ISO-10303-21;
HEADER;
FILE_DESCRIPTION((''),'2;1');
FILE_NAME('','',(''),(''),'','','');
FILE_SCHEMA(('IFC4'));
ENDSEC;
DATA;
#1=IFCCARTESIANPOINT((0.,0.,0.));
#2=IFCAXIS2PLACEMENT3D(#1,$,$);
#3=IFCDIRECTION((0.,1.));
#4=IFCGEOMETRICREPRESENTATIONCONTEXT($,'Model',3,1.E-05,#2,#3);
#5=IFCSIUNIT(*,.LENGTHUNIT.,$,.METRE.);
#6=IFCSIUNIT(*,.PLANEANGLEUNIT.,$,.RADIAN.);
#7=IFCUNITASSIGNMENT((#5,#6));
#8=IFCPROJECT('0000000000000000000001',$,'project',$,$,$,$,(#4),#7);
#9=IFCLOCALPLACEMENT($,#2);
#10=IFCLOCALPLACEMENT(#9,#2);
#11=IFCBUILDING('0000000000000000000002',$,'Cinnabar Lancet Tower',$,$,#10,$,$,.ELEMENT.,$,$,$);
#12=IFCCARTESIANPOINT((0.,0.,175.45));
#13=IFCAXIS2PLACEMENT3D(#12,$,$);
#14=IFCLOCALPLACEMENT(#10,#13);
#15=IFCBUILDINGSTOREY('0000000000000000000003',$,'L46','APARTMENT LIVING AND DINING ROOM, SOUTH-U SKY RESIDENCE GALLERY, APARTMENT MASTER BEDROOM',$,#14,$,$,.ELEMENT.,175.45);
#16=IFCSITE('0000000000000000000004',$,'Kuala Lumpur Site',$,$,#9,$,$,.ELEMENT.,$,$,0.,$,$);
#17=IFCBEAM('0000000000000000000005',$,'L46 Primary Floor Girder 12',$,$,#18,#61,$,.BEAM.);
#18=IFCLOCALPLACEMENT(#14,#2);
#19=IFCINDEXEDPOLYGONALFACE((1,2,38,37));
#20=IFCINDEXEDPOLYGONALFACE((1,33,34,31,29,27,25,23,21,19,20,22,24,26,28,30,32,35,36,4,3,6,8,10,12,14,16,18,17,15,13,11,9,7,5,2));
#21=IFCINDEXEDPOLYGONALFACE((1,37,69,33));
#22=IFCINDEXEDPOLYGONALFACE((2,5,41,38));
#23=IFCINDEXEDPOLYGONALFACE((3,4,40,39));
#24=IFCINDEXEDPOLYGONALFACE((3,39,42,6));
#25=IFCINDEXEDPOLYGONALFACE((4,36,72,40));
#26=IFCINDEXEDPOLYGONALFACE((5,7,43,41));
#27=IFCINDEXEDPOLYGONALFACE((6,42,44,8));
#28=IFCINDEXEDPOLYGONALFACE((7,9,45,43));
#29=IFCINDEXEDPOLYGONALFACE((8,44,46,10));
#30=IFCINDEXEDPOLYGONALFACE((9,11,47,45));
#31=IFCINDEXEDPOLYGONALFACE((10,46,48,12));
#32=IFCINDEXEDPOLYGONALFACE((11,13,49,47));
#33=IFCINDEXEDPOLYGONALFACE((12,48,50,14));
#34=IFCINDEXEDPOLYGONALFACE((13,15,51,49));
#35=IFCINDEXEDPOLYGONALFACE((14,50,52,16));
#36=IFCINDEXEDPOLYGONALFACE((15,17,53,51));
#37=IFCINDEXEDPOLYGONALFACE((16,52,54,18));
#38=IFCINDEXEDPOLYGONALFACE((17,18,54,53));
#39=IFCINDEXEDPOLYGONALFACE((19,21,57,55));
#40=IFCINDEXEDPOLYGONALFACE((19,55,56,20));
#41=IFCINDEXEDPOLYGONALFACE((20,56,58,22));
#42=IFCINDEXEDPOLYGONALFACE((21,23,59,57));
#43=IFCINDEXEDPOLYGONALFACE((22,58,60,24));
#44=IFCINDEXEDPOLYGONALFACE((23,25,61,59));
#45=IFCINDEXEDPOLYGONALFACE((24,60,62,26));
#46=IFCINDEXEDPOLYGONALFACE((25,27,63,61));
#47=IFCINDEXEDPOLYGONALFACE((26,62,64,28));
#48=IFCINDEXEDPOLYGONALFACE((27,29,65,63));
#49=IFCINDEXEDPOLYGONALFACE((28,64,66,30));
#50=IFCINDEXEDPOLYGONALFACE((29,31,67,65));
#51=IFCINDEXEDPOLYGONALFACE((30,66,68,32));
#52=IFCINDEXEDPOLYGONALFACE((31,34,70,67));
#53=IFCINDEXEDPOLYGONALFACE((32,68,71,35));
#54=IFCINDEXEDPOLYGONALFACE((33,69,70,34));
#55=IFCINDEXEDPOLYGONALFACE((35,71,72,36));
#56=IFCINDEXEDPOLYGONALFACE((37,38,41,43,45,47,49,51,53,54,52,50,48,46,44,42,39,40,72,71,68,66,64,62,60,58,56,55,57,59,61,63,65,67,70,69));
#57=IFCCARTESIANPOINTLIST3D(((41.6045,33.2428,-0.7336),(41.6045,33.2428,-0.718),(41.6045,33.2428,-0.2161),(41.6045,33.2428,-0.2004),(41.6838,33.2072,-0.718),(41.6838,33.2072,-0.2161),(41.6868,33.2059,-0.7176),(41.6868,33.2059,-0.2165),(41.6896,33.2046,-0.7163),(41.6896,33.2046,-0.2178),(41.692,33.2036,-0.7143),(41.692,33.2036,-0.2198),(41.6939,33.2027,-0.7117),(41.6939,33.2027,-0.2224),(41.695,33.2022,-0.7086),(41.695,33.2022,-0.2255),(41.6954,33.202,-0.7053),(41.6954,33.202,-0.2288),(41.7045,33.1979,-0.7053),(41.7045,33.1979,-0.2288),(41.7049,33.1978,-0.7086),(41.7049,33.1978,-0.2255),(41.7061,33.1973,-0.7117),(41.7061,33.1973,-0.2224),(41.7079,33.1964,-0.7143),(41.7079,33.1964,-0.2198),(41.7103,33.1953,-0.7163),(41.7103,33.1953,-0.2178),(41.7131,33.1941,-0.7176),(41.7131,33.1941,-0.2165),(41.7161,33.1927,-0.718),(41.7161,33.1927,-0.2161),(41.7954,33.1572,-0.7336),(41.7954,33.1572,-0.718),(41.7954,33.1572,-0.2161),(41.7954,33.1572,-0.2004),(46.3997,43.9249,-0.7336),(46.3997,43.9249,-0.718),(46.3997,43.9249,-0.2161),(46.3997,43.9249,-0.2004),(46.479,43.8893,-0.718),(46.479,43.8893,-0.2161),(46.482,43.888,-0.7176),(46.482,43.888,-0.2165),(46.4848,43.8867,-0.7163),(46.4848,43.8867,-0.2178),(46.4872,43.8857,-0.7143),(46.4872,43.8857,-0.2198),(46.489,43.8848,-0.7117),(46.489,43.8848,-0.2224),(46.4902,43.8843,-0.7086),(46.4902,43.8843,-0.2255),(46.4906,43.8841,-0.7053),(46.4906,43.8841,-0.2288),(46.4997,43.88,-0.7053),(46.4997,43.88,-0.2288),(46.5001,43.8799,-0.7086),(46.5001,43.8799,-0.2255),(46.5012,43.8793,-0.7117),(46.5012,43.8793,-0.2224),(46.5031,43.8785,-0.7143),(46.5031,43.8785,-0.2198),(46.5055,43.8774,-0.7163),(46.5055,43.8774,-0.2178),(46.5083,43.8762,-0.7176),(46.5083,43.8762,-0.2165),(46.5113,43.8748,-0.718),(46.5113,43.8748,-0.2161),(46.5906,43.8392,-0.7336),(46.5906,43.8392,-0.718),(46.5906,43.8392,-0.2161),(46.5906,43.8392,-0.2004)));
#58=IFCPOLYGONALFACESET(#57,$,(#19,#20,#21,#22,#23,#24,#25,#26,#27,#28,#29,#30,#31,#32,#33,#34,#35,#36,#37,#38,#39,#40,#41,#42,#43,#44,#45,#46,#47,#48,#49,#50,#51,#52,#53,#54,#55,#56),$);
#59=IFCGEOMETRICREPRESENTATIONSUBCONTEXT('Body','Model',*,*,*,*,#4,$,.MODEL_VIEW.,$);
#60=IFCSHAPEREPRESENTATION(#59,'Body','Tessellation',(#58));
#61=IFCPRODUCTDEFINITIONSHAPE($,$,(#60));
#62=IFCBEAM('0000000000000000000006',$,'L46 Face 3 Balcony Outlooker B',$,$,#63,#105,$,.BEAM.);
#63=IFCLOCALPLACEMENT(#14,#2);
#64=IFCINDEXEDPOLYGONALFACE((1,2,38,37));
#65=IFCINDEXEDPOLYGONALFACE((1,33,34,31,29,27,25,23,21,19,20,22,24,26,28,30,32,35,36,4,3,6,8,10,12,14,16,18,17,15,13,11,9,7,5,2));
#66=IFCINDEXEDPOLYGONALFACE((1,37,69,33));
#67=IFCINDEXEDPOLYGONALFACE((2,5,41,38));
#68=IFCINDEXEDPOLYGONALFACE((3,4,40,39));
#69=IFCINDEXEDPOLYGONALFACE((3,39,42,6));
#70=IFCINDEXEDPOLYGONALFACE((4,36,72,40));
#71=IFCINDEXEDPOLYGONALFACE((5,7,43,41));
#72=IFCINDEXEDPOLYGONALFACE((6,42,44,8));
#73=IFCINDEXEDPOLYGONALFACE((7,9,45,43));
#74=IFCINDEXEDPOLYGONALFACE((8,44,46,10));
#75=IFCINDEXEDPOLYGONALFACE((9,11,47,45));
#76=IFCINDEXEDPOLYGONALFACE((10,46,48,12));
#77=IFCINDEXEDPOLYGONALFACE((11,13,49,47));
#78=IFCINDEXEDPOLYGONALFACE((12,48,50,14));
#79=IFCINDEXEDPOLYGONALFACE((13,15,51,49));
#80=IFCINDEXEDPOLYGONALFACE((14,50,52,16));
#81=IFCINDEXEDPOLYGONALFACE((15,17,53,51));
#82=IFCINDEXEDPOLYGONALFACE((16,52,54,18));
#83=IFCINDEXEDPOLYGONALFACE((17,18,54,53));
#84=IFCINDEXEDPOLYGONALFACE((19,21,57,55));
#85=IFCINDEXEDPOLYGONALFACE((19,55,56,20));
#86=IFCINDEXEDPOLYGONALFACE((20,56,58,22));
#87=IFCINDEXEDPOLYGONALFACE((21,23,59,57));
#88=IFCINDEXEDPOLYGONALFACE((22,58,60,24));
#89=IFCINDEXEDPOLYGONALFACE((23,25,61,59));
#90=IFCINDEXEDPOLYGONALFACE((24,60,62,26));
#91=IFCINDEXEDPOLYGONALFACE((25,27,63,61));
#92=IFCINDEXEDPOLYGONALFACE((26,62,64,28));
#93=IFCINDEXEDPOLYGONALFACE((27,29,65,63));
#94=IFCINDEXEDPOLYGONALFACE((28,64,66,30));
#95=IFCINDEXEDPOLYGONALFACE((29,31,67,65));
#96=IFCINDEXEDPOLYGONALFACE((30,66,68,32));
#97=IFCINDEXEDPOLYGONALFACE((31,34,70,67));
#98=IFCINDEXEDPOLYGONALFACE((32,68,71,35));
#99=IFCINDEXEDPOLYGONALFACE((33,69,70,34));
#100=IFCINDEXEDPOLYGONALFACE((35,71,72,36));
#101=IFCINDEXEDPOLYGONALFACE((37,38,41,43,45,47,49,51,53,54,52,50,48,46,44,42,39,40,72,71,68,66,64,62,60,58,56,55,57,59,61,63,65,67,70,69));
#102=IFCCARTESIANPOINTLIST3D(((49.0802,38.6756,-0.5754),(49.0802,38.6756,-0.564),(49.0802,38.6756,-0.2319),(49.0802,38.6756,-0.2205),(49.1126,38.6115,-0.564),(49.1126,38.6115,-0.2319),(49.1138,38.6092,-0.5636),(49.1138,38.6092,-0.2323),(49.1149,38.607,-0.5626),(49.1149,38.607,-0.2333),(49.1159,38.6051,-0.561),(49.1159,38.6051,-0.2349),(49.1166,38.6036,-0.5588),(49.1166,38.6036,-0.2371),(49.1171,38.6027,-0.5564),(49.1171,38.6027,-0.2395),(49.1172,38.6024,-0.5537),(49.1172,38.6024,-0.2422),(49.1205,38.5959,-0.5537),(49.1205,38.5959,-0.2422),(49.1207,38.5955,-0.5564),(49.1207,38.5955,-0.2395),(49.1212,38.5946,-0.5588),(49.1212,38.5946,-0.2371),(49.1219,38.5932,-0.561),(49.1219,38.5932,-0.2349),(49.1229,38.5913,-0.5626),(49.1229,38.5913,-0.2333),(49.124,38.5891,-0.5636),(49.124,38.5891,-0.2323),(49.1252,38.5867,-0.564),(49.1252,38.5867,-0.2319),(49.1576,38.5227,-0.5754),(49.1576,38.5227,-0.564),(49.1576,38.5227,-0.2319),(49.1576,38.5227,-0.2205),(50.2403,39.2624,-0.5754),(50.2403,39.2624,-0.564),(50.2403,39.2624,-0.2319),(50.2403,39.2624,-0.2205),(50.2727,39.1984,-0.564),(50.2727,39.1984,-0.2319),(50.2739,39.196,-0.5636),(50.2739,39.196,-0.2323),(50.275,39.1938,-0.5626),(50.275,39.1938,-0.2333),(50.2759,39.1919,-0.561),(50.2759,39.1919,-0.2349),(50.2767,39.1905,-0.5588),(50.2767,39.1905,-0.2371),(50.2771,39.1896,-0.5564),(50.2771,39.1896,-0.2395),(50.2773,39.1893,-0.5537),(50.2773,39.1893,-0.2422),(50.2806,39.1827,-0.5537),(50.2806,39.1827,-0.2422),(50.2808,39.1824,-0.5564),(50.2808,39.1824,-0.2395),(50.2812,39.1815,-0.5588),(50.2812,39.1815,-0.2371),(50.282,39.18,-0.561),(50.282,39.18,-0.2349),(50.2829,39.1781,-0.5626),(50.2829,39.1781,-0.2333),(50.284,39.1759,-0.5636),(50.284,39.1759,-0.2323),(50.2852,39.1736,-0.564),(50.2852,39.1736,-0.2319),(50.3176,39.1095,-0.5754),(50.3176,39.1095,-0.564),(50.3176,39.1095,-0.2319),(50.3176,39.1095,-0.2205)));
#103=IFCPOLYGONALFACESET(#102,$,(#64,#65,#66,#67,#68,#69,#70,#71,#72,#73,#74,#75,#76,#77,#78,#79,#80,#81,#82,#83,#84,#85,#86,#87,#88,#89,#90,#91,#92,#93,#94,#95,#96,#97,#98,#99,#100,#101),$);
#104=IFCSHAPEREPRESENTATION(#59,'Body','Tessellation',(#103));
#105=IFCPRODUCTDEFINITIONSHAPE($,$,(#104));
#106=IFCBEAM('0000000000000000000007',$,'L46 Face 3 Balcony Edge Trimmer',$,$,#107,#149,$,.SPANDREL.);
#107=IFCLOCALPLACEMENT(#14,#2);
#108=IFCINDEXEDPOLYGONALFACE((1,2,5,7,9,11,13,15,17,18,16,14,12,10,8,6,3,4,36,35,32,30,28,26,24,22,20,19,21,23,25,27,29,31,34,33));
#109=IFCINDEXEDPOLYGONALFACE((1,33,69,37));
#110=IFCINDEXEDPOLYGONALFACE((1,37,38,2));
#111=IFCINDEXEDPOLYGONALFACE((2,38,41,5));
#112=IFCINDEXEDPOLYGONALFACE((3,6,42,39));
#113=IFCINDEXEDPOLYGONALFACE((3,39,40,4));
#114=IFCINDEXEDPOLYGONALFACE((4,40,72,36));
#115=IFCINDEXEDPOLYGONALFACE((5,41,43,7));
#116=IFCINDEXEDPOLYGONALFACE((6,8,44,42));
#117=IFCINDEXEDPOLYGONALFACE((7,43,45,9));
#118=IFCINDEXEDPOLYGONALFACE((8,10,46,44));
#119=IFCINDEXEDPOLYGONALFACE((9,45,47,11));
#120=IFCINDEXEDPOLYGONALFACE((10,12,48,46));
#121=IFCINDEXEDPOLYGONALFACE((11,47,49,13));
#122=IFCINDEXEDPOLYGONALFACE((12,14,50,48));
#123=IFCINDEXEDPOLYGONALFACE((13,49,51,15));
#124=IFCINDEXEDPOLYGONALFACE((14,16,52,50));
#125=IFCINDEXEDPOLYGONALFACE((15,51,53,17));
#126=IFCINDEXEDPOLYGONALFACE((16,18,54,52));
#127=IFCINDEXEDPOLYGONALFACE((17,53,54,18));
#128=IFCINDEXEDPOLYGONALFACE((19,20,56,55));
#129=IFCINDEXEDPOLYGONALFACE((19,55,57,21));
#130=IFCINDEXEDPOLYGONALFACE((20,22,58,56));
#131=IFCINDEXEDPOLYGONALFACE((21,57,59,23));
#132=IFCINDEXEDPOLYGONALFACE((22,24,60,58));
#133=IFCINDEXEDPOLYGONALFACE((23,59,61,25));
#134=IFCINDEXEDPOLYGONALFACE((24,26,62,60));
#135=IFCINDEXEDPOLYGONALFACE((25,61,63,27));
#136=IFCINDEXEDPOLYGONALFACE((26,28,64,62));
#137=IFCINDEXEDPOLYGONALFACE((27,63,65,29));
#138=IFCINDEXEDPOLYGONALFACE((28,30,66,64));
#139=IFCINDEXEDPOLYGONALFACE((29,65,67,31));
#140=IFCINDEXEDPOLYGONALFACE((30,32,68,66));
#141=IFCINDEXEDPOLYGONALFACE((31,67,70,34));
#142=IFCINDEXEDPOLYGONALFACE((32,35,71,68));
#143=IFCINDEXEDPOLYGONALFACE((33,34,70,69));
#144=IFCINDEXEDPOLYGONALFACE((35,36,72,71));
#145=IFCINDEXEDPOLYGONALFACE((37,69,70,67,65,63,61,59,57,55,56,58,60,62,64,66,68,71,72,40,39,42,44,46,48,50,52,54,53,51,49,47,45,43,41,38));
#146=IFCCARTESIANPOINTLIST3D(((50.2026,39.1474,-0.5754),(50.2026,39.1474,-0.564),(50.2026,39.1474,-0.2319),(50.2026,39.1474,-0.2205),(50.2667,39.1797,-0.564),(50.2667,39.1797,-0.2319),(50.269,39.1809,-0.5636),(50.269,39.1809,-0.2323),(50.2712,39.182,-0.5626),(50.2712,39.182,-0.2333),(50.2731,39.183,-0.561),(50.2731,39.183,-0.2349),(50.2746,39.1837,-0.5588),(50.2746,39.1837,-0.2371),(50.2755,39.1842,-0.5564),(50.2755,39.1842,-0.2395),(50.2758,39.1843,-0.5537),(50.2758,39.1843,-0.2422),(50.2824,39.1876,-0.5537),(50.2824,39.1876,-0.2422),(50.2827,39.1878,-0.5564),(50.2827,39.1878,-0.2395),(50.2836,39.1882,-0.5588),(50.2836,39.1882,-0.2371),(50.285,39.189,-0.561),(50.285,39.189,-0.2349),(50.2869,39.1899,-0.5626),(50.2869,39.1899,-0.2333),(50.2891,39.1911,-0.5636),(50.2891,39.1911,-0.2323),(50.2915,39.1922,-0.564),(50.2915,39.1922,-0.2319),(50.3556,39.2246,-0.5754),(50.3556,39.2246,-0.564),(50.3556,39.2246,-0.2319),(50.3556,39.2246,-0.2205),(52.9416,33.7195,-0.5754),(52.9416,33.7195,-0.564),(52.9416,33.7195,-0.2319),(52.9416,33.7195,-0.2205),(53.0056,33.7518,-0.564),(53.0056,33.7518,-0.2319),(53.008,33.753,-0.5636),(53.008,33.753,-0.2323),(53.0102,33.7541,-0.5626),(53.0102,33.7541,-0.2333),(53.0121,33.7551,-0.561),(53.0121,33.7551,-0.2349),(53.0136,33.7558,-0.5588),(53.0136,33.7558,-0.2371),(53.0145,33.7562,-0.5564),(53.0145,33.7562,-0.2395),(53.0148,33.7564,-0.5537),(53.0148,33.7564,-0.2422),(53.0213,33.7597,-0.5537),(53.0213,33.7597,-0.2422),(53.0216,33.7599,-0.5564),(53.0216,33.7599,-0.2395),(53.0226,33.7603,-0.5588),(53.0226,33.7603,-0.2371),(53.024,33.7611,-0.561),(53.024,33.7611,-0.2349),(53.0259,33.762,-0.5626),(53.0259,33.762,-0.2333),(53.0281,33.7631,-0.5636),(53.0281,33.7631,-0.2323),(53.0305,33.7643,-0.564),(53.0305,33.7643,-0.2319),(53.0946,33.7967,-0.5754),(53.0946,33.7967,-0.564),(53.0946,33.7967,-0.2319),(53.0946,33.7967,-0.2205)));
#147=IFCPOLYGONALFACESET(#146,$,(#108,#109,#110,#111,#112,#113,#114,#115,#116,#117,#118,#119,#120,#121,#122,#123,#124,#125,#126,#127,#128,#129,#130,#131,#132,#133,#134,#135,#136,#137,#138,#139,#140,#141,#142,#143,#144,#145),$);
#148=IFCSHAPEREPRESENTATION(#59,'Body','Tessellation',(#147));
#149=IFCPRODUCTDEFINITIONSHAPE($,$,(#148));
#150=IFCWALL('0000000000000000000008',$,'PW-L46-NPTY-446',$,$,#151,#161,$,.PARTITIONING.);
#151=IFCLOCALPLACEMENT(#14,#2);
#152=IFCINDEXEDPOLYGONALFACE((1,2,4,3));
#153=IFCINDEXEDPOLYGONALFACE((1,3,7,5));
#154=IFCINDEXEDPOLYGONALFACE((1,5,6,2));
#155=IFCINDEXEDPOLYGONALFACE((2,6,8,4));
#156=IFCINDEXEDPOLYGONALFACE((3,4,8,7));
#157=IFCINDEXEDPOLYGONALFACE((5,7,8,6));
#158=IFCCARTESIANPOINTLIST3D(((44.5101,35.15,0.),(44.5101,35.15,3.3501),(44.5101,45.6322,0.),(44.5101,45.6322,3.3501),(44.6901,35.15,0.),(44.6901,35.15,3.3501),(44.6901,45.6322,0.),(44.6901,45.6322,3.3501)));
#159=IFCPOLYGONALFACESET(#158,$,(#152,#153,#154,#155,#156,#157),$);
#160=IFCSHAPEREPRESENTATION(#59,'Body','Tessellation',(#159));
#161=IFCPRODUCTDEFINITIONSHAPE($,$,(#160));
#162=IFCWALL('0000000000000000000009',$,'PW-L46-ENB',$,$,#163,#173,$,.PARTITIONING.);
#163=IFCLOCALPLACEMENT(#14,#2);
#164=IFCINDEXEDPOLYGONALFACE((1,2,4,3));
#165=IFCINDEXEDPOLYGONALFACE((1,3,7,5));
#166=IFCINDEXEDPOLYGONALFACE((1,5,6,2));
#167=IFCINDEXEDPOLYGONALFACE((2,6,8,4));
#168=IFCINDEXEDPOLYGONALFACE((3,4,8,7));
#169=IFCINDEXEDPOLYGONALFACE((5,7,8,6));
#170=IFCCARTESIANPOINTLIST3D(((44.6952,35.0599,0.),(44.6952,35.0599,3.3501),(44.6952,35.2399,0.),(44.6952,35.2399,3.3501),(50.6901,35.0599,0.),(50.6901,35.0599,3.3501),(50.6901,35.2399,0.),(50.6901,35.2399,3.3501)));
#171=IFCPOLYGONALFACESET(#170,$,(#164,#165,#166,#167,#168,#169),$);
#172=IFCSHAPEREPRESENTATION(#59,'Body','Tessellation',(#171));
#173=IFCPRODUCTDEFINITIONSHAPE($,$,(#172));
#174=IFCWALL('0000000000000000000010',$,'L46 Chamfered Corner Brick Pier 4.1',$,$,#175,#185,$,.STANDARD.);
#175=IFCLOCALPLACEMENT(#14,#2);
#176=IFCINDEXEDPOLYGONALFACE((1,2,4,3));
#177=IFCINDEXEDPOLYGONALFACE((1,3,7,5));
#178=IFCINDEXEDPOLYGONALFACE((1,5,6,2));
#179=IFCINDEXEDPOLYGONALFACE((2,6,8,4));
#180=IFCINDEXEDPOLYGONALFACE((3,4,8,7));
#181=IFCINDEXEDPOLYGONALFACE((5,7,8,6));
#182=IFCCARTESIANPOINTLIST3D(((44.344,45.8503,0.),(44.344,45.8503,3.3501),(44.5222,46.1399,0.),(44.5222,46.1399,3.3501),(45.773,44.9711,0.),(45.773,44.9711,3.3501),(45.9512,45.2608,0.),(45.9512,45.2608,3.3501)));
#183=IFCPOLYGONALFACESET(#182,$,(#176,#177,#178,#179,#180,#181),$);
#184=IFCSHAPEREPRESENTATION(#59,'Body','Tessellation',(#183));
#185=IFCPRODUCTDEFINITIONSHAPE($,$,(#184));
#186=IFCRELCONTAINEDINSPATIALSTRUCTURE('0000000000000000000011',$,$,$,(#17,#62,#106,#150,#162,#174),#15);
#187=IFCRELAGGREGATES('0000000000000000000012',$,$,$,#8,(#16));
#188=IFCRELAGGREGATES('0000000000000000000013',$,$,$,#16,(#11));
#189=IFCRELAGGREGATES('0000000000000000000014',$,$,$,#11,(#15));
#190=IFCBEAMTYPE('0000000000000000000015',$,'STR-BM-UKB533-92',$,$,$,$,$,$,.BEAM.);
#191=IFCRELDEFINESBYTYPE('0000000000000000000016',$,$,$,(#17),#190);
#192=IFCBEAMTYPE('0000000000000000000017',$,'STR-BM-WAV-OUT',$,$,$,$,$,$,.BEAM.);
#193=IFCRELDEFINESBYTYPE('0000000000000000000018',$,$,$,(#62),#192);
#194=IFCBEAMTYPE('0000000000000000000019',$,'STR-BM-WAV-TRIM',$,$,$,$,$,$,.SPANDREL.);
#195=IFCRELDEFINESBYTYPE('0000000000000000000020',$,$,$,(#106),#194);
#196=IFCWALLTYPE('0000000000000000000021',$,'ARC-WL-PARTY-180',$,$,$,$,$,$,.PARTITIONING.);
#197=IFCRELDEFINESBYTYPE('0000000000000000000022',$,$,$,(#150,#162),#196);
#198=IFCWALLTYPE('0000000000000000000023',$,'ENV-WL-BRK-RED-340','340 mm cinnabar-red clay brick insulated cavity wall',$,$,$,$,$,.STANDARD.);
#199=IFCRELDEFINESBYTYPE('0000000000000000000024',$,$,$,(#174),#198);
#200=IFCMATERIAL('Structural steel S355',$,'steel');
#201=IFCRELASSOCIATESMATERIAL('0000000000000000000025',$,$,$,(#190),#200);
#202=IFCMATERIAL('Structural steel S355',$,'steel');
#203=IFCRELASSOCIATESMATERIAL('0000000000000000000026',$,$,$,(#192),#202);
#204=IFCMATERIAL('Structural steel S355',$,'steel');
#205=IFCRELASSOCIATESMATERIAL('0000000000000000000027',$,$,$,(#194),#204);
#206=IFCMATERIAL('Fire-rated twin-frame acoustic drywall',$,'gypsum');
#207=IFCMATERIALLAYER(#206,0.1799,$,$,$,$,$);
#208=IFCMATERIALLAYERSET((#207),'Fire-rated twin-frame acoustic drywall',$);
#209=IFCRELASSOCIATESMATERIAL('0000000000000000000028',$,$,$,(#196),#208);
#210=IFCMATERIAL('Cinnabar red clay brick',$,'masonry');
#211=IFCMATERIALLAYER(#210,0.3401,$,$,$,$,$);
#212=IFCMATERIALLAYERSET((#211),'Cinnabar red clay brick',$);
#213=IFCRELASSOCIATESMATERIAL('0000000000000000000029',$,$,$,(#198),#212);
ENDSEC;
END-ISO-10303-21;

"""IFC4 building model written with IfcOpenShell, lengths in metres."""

from ifc_helpers import new_model, si_unit, direction, frame, frame_2d, origin, origin_2d, place, context, subcontext, project, spatial, rectangle, i_section, extrude, material, layer, layer_set, material_profile, profile_set, type_object, element, save


model = new_model("IFC4")

# Units and contexts
model_context = context("Model", 3, precision=1e-05, world=origin(), true_north=direction((0.0, 1.0)))
body_context = subcontext(model_context, "Body", "Model", "MODEL_VIEW")
ifc_project = project(units=[si_unit("LENGTHUNIT", "METRE"), si_unit("PLANEANGLEUNIT", "RADIAN")], contexts=[model_context])

# Site, building, storey
site_placement = place(None, origin())
site = spatial("IfcSite", under=ifc_project, at=site_placement, Name="Kuala Lumpur Site", CompositionType="ELEMENT", RefElevation=0.0)
building_placement = place(site_placement, origin())
building = spatial("IfcBuilding", under=site, at=building_placement, Name="Cinnabar Lancet Tower", CompositionType="ELEMENT")
storey_placement = place(building_placement, frame((0.0, 0.0, 175.45)))
storey = spatial("IfcBuildingStorey", under=building, at=storey_placement, Name="L46", Description="APARTMENT LIVING AND DINING ROOM, SOUTH-U SKY RESIDENCE GALLERY, APARTMENT MASTER BEDROOM", CompositionType="ELEMENT", Elevation=175.45)

# Beams
ifc_material_1 = material(Name="Structural steel S355", Category="steel")
ifc_material_profile_1 = material_profile(ifc_material_1, i_section(OverallWidth=0.2092, OverallDepth=0.5332, WebThickness=0.01, FlangeThickness=0.0156, FilletRadius=0.0127, at=origin_2d()), Name="UKB 533x210x92")
ifc_profile_set_1 = profile_set([ifc_material_profile_1], Name="Structural steel S355")
beam_type_1 = type_object("IfcBeamType", Name="STR-BM-UKB533-92", PredefinedType="BEAM", material=ifc_profile_set_1)
beam_1_placement = place(storey_placement, frame((46.4951, 43.8821, -0.467), z_axis=(-0.409527, -0.912298, 0.0), x_axis=(0.912298, -0.409527, 0.0)))
element("IfcBeam", 1, at=beam_1_placement, inside=storey, type_object=beam_type_1, Name="L46 Primary Floor Girder 12", PredefinedType="BEAM", context=body_context, shape_type="SweptSolid", body=[
    extrude(i_section(OverallWidth=0.2092, OverallDepth=0.5332, WebThickness=0.01, FlangeThickness=0.0156, FilletRadius=0.0127, at=origin_2d()), origin(), (0.0, 0.0, 1.0), 11.709),
])
ifc_material_2 = material(Name="Structural steel S355", Category="steel")
ifc_material_profile_2 = material_profile(ifc_material_2, i_section(OverallWidth=0.1714, OverallDepth=0.355, WebThickness=0.0073, FlangeThickness=0.0115, FilletRadius=0.0103, at=origin_2d()), Name="UKB 356x171x51")
ifc_profile_set_2 = profile_set([ifc_material_profile_2], Name="Structural steel S355")
beam_type_2 = type_object("IfcBeamType", Name="STR-BM-WAV-OUT", PredefinedType="BEAM", material=ifc_profile_set_2)
beam_2_placement = place(storey_placement, frame((49.1189, 38.5991, -0.3979), z_axis=(0.892314, 0.451415, 0.0), x_axis=(-0.451415, 0.892314, 0.0)))
element("IfcBeam", 2, at=beam_2_placement, inside=storey, type_object=beam_type_2, Name="L46 Face 3 Balcony Outlooker B", PredefinedType="BEAM", context=body_context, shape_type="SweptSolid", body=[
    extrude(i_section(OverallWidth=0.1714, OverallDepth=0.355, WebThickness=0.0073, FlangeThickness=0.0115, FilletRadius=0.0103, at=origin_2d()), origin(), (0.0, 0.0, 1.0), 1.3),
])
ifc_material_3 = material(Name="Structural steel S355", Category="steel")
ifc_material_profile_3 = material_profile(ifc_material_3, i_section(OverallWidth=0.1714, OverallDepth=0.355, WebThickness=0.0073, FlangeThickness=0.0115, FilletRadius=0.0103, at=origin_2d()), Name="UKB 356x171x51")
ifc_profile_set_3 = profile_set([ifc_material_profile_3], Name="Structural steel S355")
beam_type_3 = type_object("IfcBeamType", Name="STR-BM-WAV-TRIM", PredefinedType="SPANDREL", material=ifc_profile_set_3)
beam_3_placement = place(storey_placement, frame((53.0181, 33.7581, -0.3979), z_axis=(-0.450503, 0.892775, 0.0), x_axis=(-0.892775, -0.450503, 0.0)))
element("IfcBeam", 3, at=beam_3_placement, inside=storey, type_object=beam_type_3, Name="L46 Face 3 Balcony Edge Trimmer", PredefinedType="SPANDREL", context=body_context, shape_type="SweptSolid", body=[
    extrude(i_section(OverallWidth=0.1714, OverallDepth=0.355, WebThickness=0.0073, FlangeThickness=0.0115, FilletRadius=0.0103, at=origin_2d()), origin(), (0.0, 0.0, 1.0), 6.0798),
])

# Walls
ifc_material_4 = material(Name="Fire-rated twin-frame acoustic drywall", Category="gypsum")
ifc_layer_1 = layer(ifc_material_4, 0.1799)
ifc_layer_set_1 = layer_set([ifc_layer_1], Name="Fire-rated twin-frame acoustic drywall")
wall_type_1 = type_object("IfcWallType", Name="ARC-WL-PARTY-180", PredefinedType="PARTITIONING", material=ifc_layer_set_1)
wall_1_placement = place(storey_placement, frame((44.6001, 35.1499, 0.0), z_axis=(0.0, 0.0, 1.0), x_axis=(0.0, 1.0, 0.0)))
element("IfcWall", 4, at=wall_1_placement, inside=storey, type_object=wall_type_1, Name="PW-L46-NPTY-446", PredefinedType="PARTITIONING", context=body_context, shape_type="SweptSolid", body=[
    extrude(rectangle(XDim=10.4822, YDim=0.1799, at=frame_2d((5.2412, 0.0))), origin(), (0.0, 0.0, 1.0), 3.3501),
])
wall_2_placement = place(storey_placement, frame((44.6951, 35.1499, 0.0), z_axis=(0.0, 0.0, 1.0), x_axis=(1.0, 0.0, 0.0)))
element("IfcWall", 5, at=wall_2_placement, inside=storey, type_object=wall_type_1, Name="PW-L46-ENB", PredefinedType="PARTITIONING", context=body_context, shape_type="SweptSolid", body=[
    extrude(rectangle(XDim=5.9949, YDim=0.1799, at=frame_2d((2.9976, 0.0))), origin(), (0.0, 0.0, 1.0), 3.3501),
])
ifc_material_5 = material(Name="Cinnabar red clay brick", Category="masonry")
ifc_layer_2 = layer(ifc_material_5, 0.3401)
ifc_layer_set_2 = layer_set([ifc_layer_2], Name="Cinnabar red clay brick")
wall_type_2 = type_object("IfcWallType", Name="ENV-WL-BRK-RED-340", Description="340 mm cinnabar-red clay brick insulated cavity wall", PredefinedType="STANDARD", material=ifc_layer_set_2)
wall_3_placement = place(storey_placement, frame((45.8621, 45.116, 0.0), z_axis=(0.0, 0.0, 1.0), x_axis=(-0.851713, 0.524008, 0.0)))
element("IfcWall", 6, at=wall_3_placement, inside=storey, type_object=wall_type_2, Name="L46 Chamfered Corner Brick Pier 4.1", PredefinedType="STANDARD", context=body_context, shape_type="SweptSolid", body=[
    extrude(rectangle(XDim=1.6777, YDim=0.3401, at=frame_2d((0.8389, 0.0))), origin(), (0.0, 0.0, 1.0), 3.3501),
])

save(model, "model.ifc")
